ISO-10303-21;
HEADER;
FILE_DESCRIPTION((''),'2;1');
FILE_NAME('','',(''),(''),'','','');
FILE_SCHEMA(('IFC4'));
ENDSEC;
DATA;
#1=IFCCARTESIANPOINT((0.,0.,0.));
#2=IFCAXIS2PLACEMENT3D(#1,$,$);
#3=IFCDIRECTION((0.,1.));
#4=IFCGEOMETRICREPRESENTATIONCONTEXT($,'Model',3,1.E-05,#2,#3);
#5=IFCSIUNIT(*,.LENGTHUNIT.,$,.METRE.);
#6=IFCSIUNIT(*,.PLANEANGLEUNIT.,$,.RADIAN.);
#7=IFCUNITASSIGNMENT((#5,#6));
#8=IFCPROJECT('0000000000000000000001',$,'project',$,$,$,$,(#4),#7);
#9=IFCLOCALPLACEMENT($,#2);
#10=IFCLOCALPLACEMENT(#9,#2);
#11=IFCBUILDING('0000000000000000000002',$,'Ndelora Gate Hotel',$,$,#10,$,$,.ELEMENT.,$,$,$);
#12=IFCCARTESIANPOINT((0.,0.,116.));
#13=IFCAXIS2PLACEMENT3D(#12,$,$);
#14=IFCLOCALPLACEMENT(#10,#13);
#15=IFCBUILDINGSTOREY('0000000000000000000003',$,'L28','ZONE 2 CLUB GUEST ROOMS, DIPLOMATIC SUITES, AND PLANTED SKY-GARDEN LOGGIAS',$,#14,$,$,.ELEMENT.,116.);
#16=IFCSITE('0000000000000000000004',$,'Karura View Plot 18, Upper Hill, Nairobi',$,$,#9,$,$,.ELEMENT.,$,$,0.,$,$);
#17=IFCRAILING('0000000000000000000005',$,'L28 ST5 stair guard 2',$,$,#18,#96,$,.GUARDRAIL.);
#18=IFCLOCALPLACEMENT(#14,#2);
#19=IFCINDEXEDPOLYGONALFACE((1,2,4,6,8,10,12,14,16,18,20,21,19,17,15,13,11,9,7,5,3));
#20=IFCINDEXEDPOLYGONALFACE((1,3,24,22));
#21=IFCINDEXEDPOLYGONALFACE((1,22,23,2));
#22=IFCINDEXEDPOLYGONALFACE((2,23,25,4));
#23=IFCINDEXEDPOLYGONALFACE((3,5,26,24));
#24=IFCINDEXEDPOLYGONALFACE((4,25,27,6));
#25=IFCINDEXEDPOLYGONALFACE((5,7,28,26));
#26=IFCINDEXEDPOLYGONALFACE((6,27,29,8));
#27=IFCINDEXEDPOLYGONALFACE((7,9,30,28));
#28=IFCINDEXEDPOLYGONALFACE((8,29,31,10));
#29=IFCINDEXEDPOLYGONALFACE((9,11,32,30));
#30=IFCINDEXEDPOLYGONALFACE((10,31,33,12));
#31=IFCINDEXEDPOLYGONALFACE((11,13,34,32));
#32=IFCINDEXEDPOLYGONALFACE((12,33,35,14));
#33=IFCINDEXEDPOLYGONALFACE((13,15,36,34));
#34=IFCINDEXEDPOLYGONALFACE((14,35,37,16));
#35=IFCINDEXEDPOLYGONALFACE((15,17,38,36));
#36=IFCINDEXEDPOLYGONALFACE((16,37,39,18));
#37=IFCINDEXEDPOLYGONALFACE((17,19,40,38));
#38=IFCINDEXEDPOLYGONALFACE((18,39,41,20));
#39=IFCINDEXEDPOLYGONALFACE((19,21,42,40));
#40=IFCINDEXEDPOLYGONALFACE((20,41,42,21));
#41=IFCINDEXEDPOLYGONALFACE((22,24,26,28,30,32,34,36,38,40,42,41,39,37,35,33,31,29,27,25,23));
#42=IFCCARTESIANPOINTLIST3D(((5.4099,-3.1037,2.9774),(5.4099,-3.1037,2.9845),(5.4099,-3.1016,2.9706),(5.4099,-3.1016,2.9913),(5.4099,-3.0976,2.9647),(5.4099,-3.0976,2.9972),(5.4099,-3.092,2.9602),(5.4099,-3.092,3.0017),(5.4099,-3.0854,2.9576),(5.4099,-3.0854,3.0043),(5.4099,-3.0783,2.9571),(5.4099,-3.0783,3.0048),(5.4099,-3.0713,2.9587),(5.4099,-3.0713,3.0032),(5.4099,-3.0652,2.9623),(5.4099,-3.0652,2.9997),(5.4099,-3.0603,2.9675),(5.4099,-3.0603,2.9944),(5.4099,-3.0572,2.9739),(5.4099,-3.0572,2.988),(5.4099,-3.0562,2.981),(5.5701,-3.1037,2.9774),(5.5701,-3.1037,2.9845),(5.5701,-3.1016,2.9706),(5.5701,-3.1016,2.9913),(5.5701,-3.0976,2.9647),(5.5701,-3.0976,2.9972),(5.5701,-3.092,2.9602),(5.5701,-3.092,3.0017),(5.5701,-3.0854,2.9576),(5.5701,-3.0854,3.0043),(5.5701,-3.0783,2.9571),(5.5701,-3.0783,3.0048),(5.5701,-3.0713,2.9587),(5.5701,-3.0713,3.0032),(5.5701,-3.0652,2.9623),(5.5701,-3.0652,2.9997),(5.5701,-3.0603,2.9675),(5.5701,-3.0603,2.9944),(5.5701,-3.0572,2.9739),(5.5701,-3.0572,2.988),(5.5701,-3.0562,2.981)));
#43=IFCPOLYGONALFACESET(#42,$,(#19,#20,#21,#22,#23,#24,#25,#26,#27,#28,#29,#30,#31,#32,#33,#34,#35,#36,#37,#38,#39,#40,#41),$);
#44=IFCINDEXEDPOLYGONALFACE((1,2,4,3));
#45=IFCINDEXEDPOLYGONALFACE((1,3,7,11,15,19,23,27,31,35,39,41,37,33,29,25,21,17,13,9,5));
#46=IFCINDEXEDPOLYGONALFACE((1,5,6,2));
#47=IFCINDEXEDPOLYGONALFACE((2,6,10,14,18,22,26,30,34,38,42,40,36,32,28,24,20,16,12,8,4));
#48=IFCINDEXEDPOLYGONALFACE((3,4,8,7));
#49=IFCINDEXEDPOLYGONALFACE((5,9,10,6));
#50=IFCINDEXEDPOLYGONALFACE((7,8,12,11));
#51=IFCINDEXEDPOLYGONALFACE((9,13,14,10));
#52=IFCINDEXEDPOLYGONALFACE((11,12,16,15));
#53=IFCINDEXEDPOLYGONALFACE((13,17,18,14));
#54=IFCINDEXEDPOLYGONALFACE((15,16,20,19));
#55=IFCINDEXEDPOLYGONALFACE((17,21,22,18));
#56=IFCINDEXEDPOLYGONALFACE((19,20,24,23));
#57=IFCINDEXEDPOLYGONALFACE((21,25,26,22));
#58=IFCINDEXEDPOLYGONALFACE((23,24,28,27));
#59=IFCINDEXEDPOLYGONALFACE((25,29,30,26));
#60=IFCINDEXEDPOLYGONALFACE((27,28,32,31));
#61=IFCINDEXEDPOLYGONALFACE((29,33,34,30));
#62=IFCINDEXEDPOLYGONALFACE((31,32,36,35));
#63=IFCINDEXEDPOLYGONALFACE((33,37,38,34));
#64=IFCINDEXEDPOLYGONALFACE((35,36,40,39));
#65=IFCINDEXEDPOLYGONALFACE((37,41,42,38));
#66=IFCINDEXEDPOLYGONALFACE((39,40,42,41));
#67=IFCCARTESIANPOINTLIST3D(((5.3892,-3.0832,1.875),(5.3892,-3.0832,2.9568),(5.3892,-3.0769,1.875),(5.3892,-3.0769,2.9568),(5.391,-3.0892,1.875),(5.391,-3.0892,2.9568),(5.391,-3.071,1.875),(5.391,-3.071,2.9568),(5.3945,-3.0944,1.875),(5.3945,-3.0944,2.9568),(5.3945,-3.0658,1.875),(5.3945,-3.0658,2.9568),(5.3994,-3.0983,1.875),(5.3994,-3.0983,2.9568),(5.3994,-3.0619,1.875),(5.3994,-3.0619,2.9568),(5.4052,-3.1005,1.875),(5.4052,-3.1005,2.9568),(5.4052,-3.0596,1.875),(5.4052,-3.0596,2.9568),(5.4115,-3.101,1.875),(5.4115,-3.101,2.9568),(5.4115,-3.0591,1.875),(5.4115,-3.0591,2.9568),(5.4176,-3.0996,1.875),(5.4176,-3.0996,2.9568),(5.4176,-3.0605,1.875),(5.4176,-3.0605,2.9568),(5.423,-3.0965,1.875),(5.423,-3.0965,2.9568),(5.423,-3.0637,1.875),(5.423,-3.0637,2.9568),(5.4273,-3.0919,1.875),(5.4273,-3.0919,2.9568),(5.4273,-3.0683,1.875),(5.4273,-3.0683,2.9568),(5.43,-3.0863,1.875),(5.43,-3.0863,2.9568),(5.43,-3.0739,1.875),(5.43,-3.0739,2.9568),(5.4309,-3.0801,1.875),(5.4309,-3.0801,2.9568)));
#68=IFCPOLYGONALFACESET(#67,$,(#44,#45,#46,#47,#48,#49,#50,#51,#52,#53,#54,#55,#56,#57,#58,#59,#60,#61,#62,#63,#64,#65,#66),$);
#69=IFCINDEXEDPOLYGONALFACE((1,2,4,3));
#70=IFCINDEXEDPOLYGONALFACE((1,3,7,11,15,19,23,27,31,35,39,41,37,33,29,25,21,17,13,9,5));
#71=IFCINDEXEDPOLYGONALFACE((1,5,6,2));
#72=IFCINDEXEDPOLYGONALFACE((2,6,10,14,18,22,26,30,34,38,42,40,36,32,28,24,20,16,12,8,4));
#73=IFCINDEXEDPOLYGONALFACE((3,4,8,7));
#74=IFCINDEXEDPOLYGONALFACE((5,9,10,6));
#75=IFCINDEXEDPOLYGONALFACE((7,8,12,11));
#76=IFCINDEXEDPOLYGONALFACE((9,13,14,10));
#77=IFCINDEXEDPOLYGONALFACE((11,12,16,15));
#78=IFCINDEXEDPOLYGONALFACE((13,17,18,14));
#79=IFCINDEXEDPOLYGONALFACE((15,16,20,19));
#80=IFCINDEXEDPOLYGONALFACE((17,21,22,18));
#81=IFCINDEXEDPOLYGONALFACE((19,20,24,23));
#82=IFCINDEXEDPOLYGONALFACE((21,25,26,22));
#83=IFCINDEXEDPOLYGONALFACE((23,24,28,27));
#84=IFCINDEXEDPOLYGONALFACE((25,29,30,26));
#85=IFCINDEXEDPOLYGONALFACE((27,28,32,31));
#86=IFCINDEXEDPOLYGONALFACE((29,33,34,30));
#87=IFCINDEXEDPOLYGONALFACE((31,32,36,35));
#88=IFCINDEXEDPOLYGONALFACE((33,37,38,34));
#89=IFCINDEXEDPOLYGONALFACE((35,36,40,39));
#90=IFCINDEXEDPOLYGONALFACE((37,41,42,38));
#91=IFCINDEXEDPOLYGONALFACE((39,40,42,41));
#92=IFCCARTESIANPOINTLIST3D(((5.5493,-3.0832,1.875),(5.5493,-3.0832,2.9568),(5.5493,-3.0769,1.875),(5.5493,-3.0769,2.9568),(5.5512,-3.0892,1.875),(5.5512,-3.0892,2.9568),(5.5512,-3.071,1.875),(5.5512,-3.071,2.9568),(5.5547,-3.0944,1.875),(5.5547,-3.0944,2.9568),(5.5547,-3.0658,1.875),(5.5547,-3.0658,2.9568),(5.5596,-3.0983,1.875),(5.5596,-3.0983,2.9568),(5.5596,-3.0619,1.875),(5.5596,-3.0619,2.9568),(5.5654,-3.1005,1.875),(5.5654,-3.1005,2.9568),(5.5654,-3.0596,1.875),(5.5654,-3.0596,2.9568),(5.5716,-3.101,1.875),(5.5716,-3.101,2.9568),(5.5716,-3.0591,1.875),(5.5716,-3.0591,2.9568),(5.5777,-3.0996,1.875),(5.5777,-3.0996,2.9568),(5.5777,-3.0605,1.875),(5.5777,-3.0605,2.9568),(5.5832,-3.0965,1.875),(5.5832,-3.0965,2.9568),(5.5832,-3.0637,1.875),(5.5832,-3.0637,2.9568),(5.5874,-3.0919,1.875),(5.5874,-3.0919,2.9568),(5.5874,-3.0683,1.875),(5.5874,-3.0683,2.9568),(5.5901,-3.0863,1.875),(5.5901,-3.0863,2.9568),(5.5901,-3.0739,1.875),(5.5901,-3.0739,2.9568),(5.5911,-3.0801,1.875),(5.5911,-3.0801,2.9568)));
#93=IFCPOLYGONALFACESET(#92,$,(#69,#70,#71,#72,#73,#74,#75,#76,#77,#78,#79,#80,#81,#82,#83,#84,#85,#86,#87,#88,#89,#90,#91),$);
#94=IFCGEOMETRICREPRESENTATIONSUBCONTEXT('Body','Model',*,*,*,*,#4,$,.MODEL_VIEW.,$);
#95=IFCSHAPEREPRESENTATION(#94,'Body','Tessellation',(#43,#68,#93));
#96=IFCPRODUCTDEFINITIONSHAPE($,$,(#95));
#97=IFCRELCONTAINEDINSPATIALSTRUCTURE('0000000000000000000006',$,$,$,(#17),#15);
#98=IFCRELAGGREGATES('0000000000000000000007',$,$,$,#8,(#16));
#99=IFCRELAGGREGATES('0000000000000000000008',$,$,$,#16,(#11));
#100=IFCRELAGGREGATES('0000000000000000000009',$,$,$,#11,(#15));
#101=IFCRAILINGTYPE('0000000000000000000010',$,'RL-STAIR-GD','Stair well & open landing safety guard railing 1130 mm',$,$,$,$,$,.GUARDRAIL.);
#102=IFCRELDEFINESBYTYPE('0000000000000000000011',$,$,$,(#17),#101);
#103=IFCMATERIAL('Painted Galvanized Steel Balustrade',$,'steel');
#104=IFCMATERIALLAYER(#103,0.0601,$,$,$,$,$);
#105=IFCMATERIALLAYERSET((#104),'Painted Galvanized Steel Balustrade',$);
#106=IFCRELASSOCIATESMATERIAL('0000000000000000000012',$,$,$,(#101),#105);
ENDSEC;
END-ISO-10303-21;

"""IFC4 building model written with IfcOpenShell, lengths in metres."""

from ifc_helpers import new_model, si_unit, direction, frame, origin, origin_2d, place, context, subcontext, project, spatial, circle, extrude, material, layer, layer_set, type_object, element, save


model = new_model("IFC4")

# Units and contexts
model_context = context("Model", 3, precision=1e-05, world=origin(), true_north=direction((0.0, 1.0)))
body_context = subcontext(model_context, "Body", "Model", "MODEL_VIEW")
ifc_project = project(units=[si_unit("LENGTHUNIT", "METRE"), si_unit("PLANEANGLEUNIT", "RADIAN")], contexts=[model_context])

# Site, building, storey
site_placement = place(None, origin())
site = spatial("IfcSite", under=ifc_project, at=site_placement, Name="Karura View Plot 18, Upper Hill, Nairobi", CompositionType="ELEMENT", RefElevation=0.0)
building_placement = place(site_placement, origin())
building = spatial("IfcBuilding", under=site, at=building_placement, Name="Ndelora Gate Hotel", CompositionType="ELEMENT")
storey_placement = place(building_placement, frame((0.0, 0.0, 116.0)))
storey = spatial("IfcBuildingStorey", under=building, at=storey_placement, Name="L28", Description="ZONE 2 CLUB GUEST ROOMS, DIPLOMATIC SUITES, AND PLANTED SKY-GARDEN LOGGIAS", CompositionType="ELEMENT", Elevation=116.0)

# Railing
ifc_material_1 = material(Name="Painted Galvanized Steel Balustrade", Category="steel")
ifc_layer_1 = layer(ifc_material_1, 0.0601)
ifc_layer_set_1 = layer_set([ifc_layer_1], Name="Painted Galvanized Steel Balustrade")
railing_type_1 = type_object("IfcRailingType", Name="RL-STAIR-GD", Description="Stair well & open landing safety guard railing 1130 mm", PredefinedType="GUARDRAIL", material=ifc_layer_set_1)
railing_1_placement = place(storey_placement, frame((5.4099, -3.0801, 1.875)))
element("IfcRailing", 1, at=railing_1_placement, inside=storey, type_object=railing_type_1, Name="L28 ST5 stair guard 2", PredefinedType="GUARDRAIL", context=body_context, shape_type="SweptSolid", body=[
    extrude(circle(Radius=0.0239, at=origin_2d()), frame((0.0, 0.0, 1.106), z_axis=(1.0, 0.0, 0.0), x_axis=(0.0, 1.0, 0.0)), (0.0, 0.0, 1.0), 0.1602),
    extrude(circle(Radius=0.021, at=origin_2d()), origin(), (0.0, 0.0, 1.0), 1.0818),
    extrude(circle(Radius=0.021, at=origin_2d()), frame((0.1602, 0.0, 0.0)), (0.0, 0.0, 1.0), 1.0818),
])

save(model, "model.ifc")
